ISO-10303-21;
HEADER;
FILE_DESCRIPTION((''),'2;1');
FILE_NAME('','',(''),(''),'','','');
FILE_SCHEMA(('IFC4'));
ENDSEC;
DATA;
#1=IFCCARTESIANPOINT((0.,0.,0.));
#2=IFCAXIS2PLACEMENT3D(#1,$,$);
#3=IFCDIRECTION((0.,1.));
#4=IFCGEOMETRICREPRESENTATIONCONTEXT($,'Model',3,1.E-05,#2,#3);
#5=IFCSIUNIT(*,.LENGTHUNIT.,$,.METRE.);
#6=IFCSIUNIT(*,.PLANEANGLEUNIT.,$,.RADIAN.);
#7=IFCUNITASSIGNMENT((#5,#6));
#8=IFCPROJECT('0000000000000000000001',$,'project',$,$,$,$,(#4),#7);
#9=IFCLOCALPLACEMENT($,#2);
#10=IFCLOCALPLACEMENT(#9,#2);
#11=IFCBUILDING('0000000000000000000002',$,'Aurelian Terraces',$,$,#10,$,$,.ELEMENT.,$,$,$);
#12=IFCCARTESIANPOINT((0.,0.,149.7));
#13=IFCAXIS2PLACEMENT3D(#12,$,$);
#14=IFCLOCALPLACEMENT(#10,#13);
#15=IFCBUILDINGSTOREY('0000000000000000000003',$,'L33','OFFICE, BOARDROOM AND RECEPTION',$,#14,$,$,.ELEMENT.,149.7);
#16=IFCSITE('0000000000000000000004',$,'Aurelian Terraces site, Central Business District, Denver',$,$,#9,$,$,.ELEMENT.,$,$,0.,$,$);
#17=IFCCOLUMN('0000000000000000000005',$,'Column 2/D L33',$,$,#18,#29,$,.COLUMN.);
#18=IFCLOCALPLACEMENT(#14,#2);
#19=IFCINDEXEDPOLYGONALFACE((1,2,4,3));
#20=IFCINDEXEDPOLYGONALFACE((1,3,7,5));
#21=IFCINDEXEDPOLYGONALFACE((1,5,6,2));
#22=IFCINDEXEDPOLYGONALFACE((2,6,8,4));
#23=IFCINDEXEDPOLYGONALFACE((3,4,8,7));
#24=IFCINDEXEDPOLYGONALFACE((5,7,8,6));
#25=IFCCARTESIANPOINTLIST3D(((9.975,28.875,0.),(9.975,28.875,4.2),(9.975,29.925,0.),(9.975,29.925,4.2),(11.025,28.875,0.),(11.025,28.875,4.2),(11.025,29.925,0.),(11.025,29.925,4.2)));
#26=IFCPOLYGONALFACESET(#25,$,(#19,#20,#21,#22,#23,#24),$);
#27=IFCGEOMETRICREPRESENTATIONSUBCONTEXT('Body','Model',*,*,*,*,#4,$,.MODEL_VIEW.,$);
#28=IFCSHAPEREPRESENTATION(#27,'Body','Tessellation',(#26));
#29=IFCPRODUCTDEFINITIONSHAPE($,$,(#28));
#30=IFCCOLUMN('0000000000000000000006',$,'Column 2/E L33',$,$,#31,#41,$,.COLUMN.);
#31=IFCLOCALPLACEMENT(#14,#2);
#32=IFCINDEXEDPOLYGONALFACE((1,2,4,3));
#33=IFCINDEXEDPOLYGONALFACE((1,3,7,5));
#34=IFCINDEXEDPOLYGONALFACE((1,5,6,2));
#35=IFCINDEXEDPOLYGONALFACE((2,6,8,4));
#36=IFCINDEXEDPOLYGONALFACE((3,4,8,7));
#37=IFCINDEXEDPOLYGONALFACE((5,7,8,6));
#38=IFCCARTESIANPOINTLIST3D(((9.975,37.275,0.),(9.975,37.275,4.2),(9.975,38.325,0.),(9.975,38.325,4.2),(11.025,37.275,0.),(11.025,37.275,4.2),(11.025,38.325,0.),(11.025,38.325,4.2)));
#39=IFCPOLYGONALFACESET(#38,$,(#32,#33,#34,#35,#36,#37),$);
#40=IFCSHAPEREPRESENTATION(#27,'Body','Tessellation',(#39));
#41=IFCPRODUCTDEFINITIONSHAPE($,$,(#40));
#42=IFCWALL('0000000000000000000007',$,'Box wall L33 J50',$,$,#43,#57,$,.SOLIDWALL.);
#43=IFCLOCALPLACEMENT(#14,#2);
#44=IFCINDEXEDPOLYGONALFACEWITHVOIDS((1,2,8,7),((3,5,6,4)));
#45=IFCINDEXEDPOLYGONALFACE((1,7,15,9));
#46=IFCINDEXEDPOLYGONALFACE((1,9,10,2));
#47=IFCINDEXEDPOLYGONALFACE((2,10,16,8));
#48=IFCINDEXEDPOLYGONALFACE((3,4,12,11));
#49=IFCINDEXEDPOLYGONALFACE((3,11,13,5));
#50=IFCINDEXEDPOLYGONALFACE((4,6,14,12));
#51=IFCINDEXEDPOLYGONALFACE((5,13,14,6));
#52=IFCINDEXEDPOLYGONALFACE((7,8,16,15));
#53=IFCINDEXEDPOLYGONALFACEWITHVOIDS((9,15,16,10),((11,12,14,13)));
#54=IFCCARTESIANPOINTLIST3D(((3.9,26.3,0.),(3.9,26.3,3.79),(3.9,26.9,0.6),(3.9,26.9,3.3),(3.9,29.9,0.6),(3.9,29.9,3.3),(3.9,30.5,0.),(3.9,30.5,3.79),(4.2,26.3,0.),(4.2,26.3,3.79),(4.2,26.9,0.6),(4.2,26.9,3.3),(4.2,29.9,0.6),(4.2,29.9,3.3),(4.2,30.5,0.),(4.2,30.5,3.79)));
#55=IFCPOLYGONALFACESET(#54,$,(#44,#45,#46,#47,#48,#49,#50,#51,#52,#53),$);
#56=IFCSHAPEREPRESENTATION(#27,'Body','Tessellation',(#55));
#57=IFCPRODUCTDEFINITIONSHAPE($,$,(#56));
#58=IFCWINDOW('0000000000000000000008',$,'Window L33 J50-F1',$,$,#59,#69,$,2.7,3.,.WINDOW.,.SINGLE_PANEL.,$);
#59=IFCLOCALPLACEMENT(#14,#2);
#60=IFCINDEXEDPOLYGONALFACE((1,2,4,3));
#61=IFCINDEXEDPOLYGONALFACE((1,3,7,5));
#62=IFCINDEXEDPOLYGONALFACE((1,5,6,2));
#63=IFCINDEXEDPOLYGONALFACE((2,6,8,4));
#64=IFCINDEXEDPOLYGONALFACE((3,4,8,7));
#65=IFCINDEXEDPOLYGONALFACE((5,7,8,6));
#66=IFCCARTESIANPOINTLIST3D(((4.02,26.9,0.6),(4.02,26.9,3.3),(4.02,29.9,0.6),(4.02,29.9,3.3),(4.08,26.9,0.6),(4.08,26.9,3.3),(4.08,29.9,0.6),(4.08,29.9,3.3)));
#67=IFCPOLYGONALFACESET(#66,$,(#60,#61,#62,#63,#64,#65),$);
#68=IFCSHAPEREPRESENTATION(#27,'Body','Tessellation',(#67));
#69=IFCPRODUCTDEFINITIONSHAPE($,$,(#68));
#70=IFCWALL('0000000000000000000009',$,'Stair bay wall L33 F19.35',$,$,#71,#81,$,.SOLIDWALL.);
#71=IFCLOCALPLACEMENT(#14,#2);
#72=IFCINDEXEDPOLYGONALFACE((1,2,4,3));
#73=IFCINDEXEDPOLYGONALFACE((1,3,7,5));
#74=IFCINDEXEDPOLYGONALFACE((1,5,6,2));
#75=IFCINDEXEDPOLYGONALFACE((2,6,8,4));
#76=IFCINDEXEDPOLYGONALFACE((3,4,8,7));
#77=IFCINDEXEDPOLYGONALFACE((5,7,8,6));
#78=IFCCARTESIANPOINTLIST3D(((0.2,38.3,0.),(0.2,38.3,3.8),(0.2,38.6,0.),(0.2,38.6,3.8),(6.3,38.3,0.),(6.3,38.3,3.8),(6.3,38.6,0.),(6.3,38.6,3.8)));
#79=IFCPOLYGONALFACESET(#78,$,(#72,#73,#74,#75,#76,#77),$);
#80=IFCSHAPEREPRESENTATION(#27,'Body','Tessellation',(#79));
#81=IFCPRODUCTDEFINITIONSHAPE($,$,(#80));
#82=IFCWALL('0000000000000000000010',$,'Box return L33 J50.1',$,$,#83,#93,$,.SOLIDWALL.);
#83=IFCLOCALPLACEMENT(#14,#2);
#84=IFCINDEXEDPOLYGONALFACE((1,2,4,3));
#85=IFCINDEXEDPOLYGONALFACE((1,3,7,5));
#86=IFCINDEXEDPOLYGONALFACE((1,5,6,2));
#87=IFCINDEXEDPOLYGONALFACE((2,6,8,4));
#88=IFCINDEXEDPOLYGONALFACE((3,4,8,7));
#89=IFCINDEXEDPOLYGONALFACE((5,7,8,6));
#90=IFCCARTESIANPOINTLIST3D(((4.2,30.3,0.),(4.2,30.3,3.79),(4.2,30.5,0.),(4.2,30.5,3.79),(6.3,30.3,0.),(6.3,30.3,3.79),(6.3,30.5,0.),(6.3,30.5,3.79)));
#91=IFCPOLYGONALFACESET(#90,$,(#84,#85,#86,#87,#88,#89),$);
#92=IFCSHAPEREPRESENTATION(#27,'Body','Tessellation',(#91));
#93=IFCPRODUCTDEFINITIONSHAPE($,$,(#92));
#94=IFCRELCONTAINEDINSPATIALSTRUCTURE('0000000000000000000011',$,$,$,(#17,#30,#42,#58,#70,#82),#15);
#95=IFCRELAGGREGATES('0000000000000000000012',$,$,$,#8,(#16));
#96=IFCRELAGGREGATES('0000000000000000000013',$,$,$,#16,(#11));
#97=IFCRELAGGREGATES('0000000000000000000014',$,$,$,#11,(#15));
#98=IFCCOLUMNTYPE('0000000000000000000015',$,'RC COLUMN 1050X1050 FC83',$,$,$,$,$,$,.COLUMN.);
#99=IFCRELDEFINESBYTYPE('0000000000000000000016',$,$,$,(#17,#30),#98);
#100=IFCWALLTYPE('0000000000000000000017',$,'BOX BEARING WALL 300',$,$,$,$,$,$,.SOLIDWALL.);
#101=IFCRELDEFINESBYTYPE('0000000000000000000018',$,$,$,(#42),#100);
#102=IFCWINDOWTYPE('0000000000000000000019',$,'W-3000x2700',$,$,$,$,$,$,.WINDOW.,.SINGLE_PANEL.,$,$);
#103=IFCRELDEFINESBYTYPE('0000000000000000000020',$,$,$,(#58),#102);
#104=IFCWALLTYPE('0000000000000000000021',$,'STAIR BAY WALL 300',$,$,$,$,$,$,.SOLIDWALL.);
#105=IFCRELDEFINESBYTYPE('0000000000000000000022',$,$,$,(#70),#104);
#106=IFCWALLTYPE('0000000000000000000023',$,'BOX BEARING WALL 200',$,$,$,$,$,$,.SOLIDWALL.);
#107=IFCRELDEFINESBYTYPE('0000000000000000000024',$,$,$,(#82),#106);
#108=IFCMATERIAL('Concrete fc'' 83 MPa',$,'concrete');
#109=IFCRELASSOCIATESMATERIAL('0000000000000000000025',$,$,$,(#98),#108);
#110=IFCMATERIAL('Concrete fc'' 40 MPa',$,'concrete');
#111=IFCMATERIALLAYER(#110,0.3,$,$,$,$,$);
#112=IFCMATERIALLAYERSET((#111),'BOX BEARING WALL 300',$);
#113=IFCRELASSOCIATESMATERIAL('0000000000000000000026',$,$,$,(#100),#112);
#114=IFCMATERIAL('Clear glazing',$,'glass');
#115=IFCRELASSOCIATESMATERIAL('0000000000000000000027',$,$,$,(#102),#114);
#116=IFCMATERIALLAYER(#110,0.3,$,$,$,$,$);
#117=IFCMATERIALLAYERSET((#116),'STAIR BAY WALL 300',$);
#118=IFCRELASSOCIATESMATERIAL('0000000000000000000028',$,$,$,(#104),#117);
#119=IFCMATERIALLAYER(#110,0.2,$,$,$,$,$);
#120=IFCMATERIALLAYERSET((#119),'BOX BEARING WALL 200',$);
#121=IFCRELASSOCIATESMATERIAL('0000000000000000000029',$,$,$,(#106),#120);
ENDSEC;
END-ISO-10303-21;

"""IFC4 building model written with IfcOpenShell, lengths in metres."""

from ifc_helpers import new_model, si_unit, direction, frame, frame_2d, origin, origin_2d, place, context, subcontext, project, spatial, rectangle, extrude, source, transform, mapped, material, layer, layer_set, material_profile, profile_set, type_object, element, fill, save


model = new_model("IFC4")

# Units and contexts
model_context = context("Model", 3, precision=1e-05, world=origin(), true_north=direction((0.0, 1.0)))
body_context = subcontext(model_context, "Body", "Model", "MODEL_VIEW")
ifc_project = project(units=[si_unit("LENGTHUNIT", "METRE"), si_unit("PLANEANGLEUNIT", "RADIAN")], contexts=[model_context])

# Site, building, storey
site_placement = place(None, origin())
site = spatial("IfcSite", under=ifc_project, at=site_placement, Name="Aurelian Terraces site, Central Business District, Denver", CompositionType="ELEMENT", RefElevation=0.0)
building_placement = place(site_placement, origin())
building = spatial("IfcBuilding", under=site, at=building_placement, Name="Aurelian Terraces", CompositionType="ELEMENT")
storey_placement = place(building_placement, frame((0.0, 0.0, 149.7)))
storey = spatial("IfcBuildingStorey", under=building, at=storey_placement, Name="L33", Description="OFFICE, BOARDROOM AND RECEPTION", CompositionType="ELEMENT", Elevation=149.7)

# Columns
ifc_material_1 = material(Name="Concrete fc' 83 MPa", Category="concrete")
ifc_material_profile = material_profile(ifc_material_1, rectangle(XDim=1.05, YDim=1.05, at=origin_2d()))
ifc_profile_set = profile_set([ifc_material_profile], Name="Concrete fc' 83 MPa")
column_type = type_object("IfcColumnType", Name="RC COLUMN 1050X1050 FC83", PredefinedType="COLUMN", material=ifc_profile_set)
shared_shape_1 = source(origin(), body_context, "Body", "SweptSolid", [
    extrude(rectangle(XDim=1.05, YDim=1.05, at=origin_2d()), origin(), (0.0, 0.0, 1.0), 4.2),
])
for number, where, z_axis, x_axis, name in (
    (1, (10.5, 29.4, 0.0), (0.0, 0.0, 1.0), (1.0, 0.0, 0.0), "Column 2/D L33"),
    (2, (10.5, 37.8, 0.0), (0.0, 0.0, 1.0), (1.0, 0.0, 0.0), "Column 2/E L33"),
):
    element("IfcColumn", number, at=place(storey_placement, frame(where, z_axis=z_axis, x_axis=x_axis)), inside=storey, type_object=column_type, Name=name, PredefinedType="COLUMN", context=body_context, shape_type="MappedRepresentation", body=[
        mapped(shared_shape_1, transform((0.0, 0.0, 0.0), scale=1.0)),
    ])

# Wall, opening, window
ifc_material_2 = material(Name="Concrete fc' 40 MPa", Category="concrete")
ifc_layer_1 = layer(ifc_material_2, 0.3)
ifc_layer_set_1 = layer_set([ifc_layer_1], Name="BOX BEARING WALL 300")
wall_type_1 = type_object("IfcWallType", Name="BOX BEARING WALL 300", PredefinedType="SOLIDWALL", material=ifc_layer_set_1)
shared_shape_2 = source(origin(), body_context, "Body", "SweptSolid", [
    extrude(rectangle(XDim=4.2, YDim=0.3, at=frame_2d((2.1, 0.0))), origin(), (0.0, 0.0, 1.0), 3.79),
])
wall_1_placement = place(storey_placement, frame((4.05, 30.5, 0.0), z_axis=(0.0, 0.0, 1.0), x_axis=(0.0, -1.0, 0.0)))
wall_1 = element("IfcWall", 3, at=wall_1_placement, inside=storey, type_object=wall_type_1, Name="Box wall L33 J50", PredefinedType="SOLIDWALL", context=body_context, shape_type="MappedRepresentation", body=[
    mapped(shared_shape_2, transform((0.0, 0.0, 0.0), scale=1.0)),
])
shared_shape_3 = source(origin(), body_context, "Body", "SweptSolid", [
    extrude(rectangle(XDim=3.0, YDim=2.7, at=frame_2d((1.5, 1.35))), frame((0.0, 0.16, 0.0), z_axis=(0.0, -1.0, 0.0), x_axis=(1.0, 0.0, 0.0)), (0.0, 0.0, 1.0), 0.32),
])
opening_1_placement = place(wall_1_placement, frame((0.6, 0.0, 0.6)))
opening_1 = element("IfcOpeningElement", 4, at=opening_1_placement, cuts=wall_1, PredefinedType="OPENING", context=body_context, shape_type="MappedRepresentation", body=[
    mapped(shared_shape_3, transform((0.0, 0.0, 0.0), scale=1.0)),
])
ifc_material_3 = material(Name="Clear glazing", Category="glass")
window_type_1 = type_object("IfcWindowType", Name="W-3000x2700", PartitioningType="SINGLE_PANEL", PredefinedType="WINDOW", material=ifc_material_3)
shared_shape_4 = source(origin(), body_context, "Body", "SweptSolid", [
    extrude(rectangle(XDim=3.0, YDim=2.7, at=frame_2d((1.5, 1.35))), frame((0.0, 0.03, 0.0), z_axis=(0.0, -1.0, 0.0), x_axis=(1.0, 0.0, 0.0)), (0.0, 0.0, 1.0), 0.06),
])
window_1_placement = place(opening_1_placement, origin())
window_1 = element("IfcWindow", 5, at=window_1_placement, inside=storey, type_object=window_type_1, Name="Window L33 J50-F1", OverallHeight=2.7, OverallWidth=3.0, PartitioningType="SINGLE_PANEL", PredefinedType="WINDOW", context=body_context, shape_type="MappedRepresentation", body=[
    mapped(shared_shape_4, transform((0.0, 0.0, 0.0), scale=1.0)),
])
fill(opening_1, window_1)

# Walls
ifc_layer_2 = layer(ifc_material_2, 0.3)
ifc_layer_set_2 = layer_set([ifc_layer_2], Name="STAIR BAY WALL 300")
wall_type_2 = type_object("IfcWallType", Name="STAIR BAY WALL 300", PredefinedType="SOLIDWALL", material=ifc_layer_set_2)
shared_shape_5 = source(origin(), body_context, "Body", "SweptSolid", [
    extrude(rectangle(XDim=6.1, YDim=0.3, at=frame_2d((3.05, 0.0))), origin(), (0.0, 0.0, 1.0), 3.8),
])
wall_2_placement = place(storey_placement, frame((0.2, 38.45, 0.0), z_axis=(0.0, 0.0, 1.0), x_axis=(1.0, 0.0, 0.0)))
element("IfcWall", 6, at=wall_2_placement, inside=storey, type_object=wall_type_2, Name="Stair bay wall L33 F19.35", PredefinedType="SOLIDWALL", context=body_context, shape_type="MappedRepresentation", body=[
    mapped(shared_shape_5, transform((0.0, 0.0, 0.0), scale=1.0)),
])
ifc_layer_3 = layer(ifc_material_2, 0.2)
ifc_layer_set_3 = layer_set([ifc_layer_3], Name="BOX BEARING WALL 200")
wall_type_3 = type_object("IfcWallType", Name="BOX BEARING WALL 200", PredefinedType="SOLIDWALL", material=ifc_layer_set_3)
shared_shape_6 = source(origin(), body_context, "Body", "SweptSolid", [
    extrude(rectangle(XDim=2.1, YDim=0.2, at=frame_2d((1.05, 0.0))), origin(), (0.0, 0.0, 1.0), 3.79),
])
wall_3_placement = place(storey_placement, frame((6.3, 30.4, 0.0), z_axis=(0.0, 0.0, 1.0), x_axis=(-1.0, 0.0, 0.0)))
element("IfcWall", 7, at=wall_3_placement, inside=storey, type_object=wall_type_3, Name="Box return L33 J50.1", PredefinedType="SOLIDWALL", context=body_context, shape_type="MappedRepresentation", body=[
    mapped(shared_shape_6, transform((0.0, 0.0, 0.0), scale=1.0)),
])

save(model, "model.ifc")
